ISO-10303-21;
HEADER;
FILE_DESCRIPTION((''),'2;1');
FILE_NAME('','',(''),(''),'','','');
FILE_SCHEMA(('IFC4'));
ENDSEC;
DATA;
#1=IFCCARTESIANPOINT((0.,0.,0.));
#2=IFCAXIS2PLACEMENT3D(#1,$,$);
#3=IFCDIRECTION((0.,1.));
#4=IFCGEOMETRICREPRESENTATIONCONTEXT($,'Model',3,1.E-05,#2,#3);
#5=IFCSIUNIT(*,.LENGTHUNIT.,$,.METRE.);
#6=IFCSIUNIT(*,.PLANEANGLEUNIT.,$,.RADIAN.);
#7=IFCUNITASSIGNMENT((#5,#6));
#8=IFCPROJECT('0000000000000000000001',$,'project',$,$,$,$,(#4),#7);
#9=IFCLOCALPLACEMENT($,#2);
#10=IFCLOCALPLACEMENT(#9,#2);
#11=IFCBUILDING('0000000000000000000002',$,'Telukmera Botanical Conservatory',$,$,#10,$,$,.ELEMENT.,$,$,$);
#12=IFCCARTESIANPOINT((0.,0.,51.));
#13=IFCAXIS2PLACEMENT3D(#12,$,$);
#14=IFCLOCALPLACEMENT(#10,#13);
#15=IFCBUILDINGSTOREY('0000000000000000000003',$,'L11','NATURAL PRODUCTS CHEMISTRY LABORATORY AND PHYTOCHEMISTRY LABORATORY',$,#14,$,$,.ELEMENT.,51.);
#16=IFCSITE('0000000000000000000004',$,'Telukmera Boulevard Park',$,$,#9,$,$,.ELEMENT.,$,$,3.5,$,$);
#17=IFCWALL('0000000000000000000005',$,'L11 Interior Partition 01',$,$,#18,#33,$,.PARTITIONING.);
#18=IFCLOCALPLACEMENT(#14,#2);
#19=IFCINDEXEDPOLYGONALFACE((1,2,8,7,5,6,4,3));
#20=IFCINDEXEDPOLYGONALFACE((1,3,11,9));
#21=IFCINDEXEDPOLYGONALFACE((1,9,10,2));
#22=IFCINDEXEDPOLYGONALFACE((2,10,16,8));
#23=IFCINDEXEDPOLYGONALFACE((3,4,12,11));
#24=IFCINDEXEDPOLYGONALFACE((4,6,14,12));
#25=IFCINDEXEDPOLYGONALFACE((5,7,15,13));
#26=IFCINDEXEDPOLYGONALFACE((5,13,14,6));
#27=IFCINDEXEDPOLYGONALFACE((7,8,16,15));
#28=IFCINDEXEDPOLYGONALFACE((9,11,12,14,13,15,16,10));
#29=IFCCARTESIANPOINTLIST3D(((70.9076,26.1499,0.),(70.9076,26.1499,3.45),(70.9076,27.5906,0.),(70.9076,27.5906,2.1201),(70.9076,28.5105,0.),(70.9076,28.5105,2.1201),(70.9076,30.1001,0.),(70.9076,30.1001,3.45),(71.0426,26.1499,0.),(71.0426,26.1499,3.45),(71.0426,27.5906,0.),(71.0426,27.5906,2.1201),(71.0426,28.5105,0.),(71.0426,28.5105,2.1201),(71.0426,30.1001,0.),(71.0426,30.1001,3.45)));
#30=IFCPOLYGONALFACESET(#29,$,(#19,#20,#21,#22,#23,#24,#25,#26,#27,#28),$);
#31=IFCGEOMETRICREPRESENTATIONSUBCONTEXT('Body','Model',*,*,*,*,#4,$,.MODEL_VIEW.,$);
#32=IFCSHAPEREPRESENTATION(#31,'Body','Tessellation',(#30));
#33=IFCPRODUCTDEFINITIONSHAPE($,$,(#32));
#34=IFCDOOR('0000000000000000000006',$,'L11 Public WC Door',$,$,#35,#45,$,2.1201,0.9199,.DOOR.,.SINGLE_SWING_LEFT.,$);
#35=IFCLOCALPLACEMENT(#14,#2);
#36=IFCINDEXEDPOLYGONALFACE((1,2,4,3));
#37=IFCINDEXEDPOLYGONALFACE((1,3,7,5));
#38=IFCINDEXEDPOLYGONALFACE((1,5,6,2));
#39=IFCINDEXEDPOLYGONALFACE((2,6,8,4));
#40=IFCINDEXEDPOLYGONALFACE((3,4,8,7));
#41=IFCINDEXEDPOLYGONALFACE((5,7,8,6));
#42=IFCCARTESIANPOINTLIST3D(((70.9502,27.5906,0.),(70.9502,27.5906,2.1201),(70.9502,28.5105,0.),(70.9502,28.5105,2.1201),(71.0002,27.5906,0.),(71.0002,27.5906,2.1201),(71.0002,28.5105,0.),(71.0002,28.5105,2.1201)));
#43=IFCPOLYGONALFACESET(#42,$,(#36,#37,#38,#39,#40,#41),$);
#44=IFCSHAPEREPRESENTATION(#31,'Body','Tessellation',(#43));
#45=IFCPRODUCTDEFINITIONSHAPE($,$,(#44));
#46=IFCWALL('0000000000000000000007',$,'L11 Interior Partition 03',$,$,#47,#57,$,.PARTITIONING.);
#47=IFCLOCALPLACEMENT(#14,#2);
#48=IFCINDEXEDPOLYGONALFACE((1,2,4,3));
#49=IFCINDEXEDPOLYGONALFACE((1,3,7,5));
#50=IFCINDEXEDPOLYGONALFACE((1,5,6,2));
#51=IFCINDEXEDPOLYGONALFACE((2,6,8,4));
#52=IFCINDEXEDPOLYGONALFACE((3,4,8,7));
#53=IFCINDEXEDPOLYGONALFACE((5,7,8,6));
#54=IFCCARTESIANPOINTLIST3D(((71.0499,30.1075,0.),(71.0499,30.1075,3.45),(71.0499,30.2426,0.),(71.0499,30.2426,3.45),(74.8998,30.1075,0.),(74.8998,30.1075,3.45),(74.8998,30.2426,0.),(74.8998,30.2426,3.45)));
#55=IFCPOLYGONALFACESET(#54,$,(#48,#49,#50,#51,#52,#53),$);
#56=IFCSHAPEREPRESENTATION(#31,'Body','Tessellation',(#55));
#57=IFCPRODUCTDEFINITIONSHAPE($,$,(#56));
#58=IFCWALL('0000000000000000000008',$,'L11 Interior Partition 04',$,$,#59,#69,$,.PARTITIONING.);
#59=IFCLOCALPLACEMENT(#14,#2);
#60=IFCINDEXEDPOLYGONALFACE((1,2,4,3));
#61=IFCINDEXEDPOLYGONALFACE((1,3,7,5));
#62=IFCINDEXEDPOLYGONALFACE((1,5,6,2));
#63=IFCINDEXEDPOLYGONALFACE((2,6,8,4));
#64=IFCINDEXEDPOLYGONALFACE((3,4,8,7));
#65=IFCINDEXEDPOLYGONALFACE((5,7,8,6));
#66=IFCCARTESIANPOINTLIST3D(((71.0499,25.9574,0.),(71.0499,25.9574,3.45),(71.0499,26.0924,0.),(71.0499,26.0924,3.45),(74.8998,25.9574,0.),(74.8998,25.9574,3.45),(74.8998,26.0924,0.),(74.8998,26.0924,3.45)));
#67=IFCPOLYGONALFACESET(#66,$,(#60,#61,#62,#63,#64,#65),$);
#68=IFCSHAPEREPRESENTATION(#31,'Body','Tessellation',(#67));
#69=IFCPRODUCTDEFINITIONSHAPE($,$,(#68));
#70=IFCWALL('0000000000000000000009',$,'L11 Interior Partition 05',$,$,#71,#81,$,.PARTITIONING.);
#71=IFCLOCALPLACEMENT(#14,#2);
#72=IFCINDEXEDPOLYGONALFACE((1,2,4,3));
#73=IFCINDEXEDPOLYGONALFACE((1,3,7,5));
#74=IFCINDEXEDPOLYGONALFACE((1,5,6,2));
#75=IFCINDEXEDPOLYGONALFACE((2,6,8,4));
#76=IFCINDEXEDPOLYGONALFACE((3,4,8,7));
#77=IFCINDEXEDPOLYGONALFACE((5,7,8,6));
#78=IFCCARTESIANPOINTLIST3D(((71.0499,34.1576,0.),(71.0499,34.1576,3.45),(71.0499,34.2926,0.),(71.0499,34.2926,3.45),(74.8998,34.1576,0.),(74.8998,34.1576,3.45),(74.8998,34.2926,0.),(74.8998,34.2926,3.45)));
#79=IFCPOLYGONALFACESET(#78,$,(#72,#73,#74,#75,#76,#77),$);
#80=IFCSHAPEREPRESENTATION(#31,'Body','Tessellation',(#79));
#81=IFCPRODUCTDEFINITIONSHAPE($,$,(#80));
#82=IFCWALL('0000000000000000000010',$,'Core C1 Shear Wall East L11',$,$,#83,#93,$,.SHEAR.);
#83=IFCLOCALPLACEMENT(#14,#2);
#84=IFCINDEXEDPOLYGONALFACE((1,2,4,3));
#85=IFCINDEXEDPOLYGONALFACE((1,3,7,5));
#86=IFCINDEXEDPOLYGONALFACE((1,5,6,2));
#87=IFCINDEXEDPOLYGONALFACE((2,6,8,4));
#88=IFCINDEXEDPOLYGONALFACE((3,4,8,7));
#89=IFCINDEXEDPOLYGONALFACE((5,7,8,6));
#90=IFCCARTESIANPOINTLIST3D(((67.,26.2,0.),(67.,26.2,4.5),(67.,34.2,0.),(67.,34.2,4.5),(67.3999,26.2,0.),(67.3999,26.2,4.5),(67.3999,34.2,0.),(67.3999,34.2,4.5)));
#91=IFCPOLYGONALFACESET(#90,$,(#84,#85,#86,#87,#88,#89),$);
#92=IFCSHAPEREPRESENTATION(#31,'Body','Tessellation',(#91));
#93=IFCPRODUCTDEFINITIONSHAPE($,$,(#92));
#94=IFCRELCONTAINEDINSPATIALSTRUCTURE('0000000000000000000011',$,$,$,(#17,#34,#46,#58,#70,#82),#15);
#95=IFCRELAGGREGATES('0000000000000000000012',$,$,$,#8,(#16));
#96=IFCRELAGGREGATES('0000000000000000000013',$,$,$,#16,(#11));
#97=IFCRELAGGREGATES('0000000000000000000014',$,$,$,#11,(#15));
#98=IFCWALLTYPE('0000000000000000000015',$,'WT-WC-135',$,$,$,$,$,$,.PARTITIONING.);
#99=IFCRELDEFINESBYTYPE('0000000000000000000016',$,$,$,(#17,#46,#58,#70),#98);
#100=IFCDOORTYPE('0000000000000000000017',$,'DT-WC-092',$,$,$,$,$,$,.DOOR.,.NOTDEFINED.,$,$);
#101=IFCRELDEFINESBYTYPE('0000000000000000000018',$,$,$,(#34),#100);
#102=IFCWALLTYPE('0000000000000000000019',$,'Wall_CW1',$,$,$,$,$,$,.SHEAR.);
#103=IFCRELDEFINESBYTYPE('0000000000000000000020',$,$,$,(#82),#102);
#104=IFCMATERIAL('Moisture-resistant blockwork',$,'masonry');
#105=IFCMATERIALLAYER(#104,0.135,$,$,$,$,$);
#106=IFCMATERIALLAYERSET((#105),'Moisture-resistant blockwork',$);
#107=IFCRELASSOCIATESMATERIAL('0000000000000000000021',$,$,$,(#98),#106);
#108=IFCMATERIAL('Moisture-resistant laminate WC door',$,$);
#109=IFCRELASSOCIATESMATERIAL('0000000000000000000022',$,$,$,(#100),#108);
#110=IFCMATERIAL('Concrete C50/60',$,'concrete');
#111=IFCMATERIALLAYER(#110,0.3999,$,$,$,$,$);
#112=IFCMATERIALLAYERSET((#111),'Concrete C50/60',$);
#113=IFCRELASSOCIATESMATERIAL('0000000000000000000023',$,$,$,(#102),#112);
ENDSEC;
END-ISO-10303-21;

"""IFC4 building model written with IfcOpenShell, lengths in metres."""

from ifc_helpers import new_model, si_unit, direction, frame, frame_2d, origin, place, context, subcontext, project, spatial, rectangle, extrude, material, layer, layer_set, type_object, element, fill, save


model = new_model("IFC4")

# Units and contexts
model_context = context("Model", 3, precision=1e-05, world=origin(), true_north=direction((0.0, 1.0)))
body_context = subcontext(model_context, "Body", "Model", "MODEL_VIEW")
ifc_project = project(units=[si_unit("LENGTHUNIT", "METRE"), si_unit("PLANEANGLEUNIT", "RADIAN")], contexts=[model_context])

# Site, building, storey
site_placement = place(None, origin())
site = spatial("IfcSite", under=ifc_project, at=site_placement, Name="Telukmera Boulevard Park", CompositionType="ELEMENT", RefElevation=3.5)
building_placement = place(site_placement, origin())
building = spatial("IfcBuilding", under=site, at=building_placement, Name="Telukmera Botanical Conservatory", CompositionType="ELEMENT")
storey_placement = place(building_placement, frame((0.0, 0.0, 51.0)))
storey = spatial("IfcBuildingStorey", under=building, at=storey_placement, Name="L11", Description="NATURAL PRODUCTS CHEMISTRY LABORATORY AND PHYTOCHEMISTRY LABORATORY", CompositionType="ELEMENT", Elevation=51.0)

# Shared definitions
ifc_material_1 = material(Name="Concrete C50/60", Category="concrete")

# Wall, opening, door
ifc_material_2 = material(Name="Moisture-resistant blockwork", Category="masonry")
ifc_layer_1 = layer(ifc_material_2, 0.135)
ifc_layer_set_1 = layer_set([ifc_layer_1], Name="Moisture-resistant blockwork")
wall_type_1 = type_object("IfcWallType", Name="WT-WC-135", PredefinedType="PARTITIONING", material=ifc_layer_set_1)
wall_1_placement = place(storey_placement, frame((70.9751, 26.1499, 0.0), z_axis=(0.0, 0.0, 1.0), x_axis=(0.0, 1.0, 0.0)))
wall_1 = element("IfcWall", 1, at=wall_1_placement, inside=storey, type_object=wall_type_1, Name="L11 Interior Partition 01", PredefinedType="PARTITIONING", context=body_context, shape_type="SweptSolid", body=[
    extrude(rectangle(XDim=3.9502, YDim=0.135, at=frame_2d((1.9751, 0.0))), origin(), (0.0, 0.0, 1.0), 3.45),
])
opening_1_placement = place(wall_1_placement, frame((1.4407, 0.0, 0.0)))
opening_1 = element("IfcOpeningElement", 2, at=opening_1_placement, cuts=wall_1, PredefinedType="OPENING", context=body_context, shape_type="SweptSolid", body=[
    extrude(rectangle(XDim=0.9199, YDim=2.1201, at=frame_2d((0.46, 1.0601))), frame((0.0, 0.0774, 0.0), z_axis=(0.0, -1.0, 0.0), x_axis=(1.0, 0.0, 0.0)), (0.0, 0.0, 1.0), 0.155),
])
ifc_material_3 = material(Name="Moisture-resistant laminate WC door")
door_type_1 = type_object("IfcDoorType", Name="DT-WC-092", OperationType="NOTDEFINED", PredefinedType="DOOR", material=ifc_material_3)
door_1_placement = place(opening_1_placement, origin())
door_1 = element("IfcDoor", 3, at=door_1_placement, inside=storey, type_object=door_type_1, Name="L11 Public WC Door", OperationType="SINGLE_SWING_LEFT", OverallHeight=2.1201, OverallWidth=0.9199, PredefinedType="DOOR", context=body_context, shape_type="SweptSolid", body=[
    extrude(rectangle(XDim=0.9199, YDim=2.1201, at=frame_2d((0.46, 1.0601))), frame((0.0, 0.0249, 0.0), z_axis=(0.0, -1.0, 0.0), x_axis=(1.0, 0.0, 0.0)), (0.0, 0.0, 1.0), 0.05),
])
fill(opening_1, door_1)

# Walls
for number, where, z_axis, x_axis, name in (
    (4, (71.05, 30.175, 0.0), (0.0, 0.0, 1.0), (1.0, 0.0, 0.0), "L11 Interior Partition 03"),
    (5, (71.05, 26.0249, 0.0), (0.0, 0.0, 1.0), (1.0, 0.0, 0.0), "L11 Interior Partition 04"),
    (6, (71.05, 34.2251, 0.0), (0.0, 0.0, 1.0), (1.0, 0.0, 0.0), "L11 Interior Partition 05"),
):
    element("IfcWall", number, at=place(storey_placement, frame(where, z_axis=z_axis, x_axis=x_axis)), inside=storey, type_object=wall_type_1, Name=name, PredefinedType="PARTITIONING", context=body_context, shape_type="SweptSolid", body=[
        extrude(rectangle(XDim=3.8499, YDim=0.135, at=frame_2d((1.9248, 0.0))), origin(), (0.0, 0.0, 1.0), 3.45),
    ])
ifc_layer_2 = layer(ifc_material_1, 0.3999)
ifc_layer_set_2 = layer_set([ifc_layer_2], Name="Concrete C50/60")
wall_type_2 = type_object("IfcWallType", Name="Wall_CW1", PredefinedType="SHEAR", material=ifc_layer_set_2)
wall_2_placement = place(storey_placement, frame((67.2, 26.2, 0.0), z_axis=(0.0, 0.0, 1.0), x_axis=(0.0, 1.0, 0.0)))
element("IfcWall", 7, at=wall_2_placement, inside=storey, type_object=wall_type_2, Name="Core C1 Shear Wall East L11", PredefinedType="SHEAR", context=body_context, shape_type="SweptSolid", body=[
    extrude(rectangle(XDim=8.0, YDim=0.3999, at=frame_2d((4.0, 0.0))), origin(), (0.0, 0.0, 1.0), 4.5),
])

save(model, "model.ifc")
